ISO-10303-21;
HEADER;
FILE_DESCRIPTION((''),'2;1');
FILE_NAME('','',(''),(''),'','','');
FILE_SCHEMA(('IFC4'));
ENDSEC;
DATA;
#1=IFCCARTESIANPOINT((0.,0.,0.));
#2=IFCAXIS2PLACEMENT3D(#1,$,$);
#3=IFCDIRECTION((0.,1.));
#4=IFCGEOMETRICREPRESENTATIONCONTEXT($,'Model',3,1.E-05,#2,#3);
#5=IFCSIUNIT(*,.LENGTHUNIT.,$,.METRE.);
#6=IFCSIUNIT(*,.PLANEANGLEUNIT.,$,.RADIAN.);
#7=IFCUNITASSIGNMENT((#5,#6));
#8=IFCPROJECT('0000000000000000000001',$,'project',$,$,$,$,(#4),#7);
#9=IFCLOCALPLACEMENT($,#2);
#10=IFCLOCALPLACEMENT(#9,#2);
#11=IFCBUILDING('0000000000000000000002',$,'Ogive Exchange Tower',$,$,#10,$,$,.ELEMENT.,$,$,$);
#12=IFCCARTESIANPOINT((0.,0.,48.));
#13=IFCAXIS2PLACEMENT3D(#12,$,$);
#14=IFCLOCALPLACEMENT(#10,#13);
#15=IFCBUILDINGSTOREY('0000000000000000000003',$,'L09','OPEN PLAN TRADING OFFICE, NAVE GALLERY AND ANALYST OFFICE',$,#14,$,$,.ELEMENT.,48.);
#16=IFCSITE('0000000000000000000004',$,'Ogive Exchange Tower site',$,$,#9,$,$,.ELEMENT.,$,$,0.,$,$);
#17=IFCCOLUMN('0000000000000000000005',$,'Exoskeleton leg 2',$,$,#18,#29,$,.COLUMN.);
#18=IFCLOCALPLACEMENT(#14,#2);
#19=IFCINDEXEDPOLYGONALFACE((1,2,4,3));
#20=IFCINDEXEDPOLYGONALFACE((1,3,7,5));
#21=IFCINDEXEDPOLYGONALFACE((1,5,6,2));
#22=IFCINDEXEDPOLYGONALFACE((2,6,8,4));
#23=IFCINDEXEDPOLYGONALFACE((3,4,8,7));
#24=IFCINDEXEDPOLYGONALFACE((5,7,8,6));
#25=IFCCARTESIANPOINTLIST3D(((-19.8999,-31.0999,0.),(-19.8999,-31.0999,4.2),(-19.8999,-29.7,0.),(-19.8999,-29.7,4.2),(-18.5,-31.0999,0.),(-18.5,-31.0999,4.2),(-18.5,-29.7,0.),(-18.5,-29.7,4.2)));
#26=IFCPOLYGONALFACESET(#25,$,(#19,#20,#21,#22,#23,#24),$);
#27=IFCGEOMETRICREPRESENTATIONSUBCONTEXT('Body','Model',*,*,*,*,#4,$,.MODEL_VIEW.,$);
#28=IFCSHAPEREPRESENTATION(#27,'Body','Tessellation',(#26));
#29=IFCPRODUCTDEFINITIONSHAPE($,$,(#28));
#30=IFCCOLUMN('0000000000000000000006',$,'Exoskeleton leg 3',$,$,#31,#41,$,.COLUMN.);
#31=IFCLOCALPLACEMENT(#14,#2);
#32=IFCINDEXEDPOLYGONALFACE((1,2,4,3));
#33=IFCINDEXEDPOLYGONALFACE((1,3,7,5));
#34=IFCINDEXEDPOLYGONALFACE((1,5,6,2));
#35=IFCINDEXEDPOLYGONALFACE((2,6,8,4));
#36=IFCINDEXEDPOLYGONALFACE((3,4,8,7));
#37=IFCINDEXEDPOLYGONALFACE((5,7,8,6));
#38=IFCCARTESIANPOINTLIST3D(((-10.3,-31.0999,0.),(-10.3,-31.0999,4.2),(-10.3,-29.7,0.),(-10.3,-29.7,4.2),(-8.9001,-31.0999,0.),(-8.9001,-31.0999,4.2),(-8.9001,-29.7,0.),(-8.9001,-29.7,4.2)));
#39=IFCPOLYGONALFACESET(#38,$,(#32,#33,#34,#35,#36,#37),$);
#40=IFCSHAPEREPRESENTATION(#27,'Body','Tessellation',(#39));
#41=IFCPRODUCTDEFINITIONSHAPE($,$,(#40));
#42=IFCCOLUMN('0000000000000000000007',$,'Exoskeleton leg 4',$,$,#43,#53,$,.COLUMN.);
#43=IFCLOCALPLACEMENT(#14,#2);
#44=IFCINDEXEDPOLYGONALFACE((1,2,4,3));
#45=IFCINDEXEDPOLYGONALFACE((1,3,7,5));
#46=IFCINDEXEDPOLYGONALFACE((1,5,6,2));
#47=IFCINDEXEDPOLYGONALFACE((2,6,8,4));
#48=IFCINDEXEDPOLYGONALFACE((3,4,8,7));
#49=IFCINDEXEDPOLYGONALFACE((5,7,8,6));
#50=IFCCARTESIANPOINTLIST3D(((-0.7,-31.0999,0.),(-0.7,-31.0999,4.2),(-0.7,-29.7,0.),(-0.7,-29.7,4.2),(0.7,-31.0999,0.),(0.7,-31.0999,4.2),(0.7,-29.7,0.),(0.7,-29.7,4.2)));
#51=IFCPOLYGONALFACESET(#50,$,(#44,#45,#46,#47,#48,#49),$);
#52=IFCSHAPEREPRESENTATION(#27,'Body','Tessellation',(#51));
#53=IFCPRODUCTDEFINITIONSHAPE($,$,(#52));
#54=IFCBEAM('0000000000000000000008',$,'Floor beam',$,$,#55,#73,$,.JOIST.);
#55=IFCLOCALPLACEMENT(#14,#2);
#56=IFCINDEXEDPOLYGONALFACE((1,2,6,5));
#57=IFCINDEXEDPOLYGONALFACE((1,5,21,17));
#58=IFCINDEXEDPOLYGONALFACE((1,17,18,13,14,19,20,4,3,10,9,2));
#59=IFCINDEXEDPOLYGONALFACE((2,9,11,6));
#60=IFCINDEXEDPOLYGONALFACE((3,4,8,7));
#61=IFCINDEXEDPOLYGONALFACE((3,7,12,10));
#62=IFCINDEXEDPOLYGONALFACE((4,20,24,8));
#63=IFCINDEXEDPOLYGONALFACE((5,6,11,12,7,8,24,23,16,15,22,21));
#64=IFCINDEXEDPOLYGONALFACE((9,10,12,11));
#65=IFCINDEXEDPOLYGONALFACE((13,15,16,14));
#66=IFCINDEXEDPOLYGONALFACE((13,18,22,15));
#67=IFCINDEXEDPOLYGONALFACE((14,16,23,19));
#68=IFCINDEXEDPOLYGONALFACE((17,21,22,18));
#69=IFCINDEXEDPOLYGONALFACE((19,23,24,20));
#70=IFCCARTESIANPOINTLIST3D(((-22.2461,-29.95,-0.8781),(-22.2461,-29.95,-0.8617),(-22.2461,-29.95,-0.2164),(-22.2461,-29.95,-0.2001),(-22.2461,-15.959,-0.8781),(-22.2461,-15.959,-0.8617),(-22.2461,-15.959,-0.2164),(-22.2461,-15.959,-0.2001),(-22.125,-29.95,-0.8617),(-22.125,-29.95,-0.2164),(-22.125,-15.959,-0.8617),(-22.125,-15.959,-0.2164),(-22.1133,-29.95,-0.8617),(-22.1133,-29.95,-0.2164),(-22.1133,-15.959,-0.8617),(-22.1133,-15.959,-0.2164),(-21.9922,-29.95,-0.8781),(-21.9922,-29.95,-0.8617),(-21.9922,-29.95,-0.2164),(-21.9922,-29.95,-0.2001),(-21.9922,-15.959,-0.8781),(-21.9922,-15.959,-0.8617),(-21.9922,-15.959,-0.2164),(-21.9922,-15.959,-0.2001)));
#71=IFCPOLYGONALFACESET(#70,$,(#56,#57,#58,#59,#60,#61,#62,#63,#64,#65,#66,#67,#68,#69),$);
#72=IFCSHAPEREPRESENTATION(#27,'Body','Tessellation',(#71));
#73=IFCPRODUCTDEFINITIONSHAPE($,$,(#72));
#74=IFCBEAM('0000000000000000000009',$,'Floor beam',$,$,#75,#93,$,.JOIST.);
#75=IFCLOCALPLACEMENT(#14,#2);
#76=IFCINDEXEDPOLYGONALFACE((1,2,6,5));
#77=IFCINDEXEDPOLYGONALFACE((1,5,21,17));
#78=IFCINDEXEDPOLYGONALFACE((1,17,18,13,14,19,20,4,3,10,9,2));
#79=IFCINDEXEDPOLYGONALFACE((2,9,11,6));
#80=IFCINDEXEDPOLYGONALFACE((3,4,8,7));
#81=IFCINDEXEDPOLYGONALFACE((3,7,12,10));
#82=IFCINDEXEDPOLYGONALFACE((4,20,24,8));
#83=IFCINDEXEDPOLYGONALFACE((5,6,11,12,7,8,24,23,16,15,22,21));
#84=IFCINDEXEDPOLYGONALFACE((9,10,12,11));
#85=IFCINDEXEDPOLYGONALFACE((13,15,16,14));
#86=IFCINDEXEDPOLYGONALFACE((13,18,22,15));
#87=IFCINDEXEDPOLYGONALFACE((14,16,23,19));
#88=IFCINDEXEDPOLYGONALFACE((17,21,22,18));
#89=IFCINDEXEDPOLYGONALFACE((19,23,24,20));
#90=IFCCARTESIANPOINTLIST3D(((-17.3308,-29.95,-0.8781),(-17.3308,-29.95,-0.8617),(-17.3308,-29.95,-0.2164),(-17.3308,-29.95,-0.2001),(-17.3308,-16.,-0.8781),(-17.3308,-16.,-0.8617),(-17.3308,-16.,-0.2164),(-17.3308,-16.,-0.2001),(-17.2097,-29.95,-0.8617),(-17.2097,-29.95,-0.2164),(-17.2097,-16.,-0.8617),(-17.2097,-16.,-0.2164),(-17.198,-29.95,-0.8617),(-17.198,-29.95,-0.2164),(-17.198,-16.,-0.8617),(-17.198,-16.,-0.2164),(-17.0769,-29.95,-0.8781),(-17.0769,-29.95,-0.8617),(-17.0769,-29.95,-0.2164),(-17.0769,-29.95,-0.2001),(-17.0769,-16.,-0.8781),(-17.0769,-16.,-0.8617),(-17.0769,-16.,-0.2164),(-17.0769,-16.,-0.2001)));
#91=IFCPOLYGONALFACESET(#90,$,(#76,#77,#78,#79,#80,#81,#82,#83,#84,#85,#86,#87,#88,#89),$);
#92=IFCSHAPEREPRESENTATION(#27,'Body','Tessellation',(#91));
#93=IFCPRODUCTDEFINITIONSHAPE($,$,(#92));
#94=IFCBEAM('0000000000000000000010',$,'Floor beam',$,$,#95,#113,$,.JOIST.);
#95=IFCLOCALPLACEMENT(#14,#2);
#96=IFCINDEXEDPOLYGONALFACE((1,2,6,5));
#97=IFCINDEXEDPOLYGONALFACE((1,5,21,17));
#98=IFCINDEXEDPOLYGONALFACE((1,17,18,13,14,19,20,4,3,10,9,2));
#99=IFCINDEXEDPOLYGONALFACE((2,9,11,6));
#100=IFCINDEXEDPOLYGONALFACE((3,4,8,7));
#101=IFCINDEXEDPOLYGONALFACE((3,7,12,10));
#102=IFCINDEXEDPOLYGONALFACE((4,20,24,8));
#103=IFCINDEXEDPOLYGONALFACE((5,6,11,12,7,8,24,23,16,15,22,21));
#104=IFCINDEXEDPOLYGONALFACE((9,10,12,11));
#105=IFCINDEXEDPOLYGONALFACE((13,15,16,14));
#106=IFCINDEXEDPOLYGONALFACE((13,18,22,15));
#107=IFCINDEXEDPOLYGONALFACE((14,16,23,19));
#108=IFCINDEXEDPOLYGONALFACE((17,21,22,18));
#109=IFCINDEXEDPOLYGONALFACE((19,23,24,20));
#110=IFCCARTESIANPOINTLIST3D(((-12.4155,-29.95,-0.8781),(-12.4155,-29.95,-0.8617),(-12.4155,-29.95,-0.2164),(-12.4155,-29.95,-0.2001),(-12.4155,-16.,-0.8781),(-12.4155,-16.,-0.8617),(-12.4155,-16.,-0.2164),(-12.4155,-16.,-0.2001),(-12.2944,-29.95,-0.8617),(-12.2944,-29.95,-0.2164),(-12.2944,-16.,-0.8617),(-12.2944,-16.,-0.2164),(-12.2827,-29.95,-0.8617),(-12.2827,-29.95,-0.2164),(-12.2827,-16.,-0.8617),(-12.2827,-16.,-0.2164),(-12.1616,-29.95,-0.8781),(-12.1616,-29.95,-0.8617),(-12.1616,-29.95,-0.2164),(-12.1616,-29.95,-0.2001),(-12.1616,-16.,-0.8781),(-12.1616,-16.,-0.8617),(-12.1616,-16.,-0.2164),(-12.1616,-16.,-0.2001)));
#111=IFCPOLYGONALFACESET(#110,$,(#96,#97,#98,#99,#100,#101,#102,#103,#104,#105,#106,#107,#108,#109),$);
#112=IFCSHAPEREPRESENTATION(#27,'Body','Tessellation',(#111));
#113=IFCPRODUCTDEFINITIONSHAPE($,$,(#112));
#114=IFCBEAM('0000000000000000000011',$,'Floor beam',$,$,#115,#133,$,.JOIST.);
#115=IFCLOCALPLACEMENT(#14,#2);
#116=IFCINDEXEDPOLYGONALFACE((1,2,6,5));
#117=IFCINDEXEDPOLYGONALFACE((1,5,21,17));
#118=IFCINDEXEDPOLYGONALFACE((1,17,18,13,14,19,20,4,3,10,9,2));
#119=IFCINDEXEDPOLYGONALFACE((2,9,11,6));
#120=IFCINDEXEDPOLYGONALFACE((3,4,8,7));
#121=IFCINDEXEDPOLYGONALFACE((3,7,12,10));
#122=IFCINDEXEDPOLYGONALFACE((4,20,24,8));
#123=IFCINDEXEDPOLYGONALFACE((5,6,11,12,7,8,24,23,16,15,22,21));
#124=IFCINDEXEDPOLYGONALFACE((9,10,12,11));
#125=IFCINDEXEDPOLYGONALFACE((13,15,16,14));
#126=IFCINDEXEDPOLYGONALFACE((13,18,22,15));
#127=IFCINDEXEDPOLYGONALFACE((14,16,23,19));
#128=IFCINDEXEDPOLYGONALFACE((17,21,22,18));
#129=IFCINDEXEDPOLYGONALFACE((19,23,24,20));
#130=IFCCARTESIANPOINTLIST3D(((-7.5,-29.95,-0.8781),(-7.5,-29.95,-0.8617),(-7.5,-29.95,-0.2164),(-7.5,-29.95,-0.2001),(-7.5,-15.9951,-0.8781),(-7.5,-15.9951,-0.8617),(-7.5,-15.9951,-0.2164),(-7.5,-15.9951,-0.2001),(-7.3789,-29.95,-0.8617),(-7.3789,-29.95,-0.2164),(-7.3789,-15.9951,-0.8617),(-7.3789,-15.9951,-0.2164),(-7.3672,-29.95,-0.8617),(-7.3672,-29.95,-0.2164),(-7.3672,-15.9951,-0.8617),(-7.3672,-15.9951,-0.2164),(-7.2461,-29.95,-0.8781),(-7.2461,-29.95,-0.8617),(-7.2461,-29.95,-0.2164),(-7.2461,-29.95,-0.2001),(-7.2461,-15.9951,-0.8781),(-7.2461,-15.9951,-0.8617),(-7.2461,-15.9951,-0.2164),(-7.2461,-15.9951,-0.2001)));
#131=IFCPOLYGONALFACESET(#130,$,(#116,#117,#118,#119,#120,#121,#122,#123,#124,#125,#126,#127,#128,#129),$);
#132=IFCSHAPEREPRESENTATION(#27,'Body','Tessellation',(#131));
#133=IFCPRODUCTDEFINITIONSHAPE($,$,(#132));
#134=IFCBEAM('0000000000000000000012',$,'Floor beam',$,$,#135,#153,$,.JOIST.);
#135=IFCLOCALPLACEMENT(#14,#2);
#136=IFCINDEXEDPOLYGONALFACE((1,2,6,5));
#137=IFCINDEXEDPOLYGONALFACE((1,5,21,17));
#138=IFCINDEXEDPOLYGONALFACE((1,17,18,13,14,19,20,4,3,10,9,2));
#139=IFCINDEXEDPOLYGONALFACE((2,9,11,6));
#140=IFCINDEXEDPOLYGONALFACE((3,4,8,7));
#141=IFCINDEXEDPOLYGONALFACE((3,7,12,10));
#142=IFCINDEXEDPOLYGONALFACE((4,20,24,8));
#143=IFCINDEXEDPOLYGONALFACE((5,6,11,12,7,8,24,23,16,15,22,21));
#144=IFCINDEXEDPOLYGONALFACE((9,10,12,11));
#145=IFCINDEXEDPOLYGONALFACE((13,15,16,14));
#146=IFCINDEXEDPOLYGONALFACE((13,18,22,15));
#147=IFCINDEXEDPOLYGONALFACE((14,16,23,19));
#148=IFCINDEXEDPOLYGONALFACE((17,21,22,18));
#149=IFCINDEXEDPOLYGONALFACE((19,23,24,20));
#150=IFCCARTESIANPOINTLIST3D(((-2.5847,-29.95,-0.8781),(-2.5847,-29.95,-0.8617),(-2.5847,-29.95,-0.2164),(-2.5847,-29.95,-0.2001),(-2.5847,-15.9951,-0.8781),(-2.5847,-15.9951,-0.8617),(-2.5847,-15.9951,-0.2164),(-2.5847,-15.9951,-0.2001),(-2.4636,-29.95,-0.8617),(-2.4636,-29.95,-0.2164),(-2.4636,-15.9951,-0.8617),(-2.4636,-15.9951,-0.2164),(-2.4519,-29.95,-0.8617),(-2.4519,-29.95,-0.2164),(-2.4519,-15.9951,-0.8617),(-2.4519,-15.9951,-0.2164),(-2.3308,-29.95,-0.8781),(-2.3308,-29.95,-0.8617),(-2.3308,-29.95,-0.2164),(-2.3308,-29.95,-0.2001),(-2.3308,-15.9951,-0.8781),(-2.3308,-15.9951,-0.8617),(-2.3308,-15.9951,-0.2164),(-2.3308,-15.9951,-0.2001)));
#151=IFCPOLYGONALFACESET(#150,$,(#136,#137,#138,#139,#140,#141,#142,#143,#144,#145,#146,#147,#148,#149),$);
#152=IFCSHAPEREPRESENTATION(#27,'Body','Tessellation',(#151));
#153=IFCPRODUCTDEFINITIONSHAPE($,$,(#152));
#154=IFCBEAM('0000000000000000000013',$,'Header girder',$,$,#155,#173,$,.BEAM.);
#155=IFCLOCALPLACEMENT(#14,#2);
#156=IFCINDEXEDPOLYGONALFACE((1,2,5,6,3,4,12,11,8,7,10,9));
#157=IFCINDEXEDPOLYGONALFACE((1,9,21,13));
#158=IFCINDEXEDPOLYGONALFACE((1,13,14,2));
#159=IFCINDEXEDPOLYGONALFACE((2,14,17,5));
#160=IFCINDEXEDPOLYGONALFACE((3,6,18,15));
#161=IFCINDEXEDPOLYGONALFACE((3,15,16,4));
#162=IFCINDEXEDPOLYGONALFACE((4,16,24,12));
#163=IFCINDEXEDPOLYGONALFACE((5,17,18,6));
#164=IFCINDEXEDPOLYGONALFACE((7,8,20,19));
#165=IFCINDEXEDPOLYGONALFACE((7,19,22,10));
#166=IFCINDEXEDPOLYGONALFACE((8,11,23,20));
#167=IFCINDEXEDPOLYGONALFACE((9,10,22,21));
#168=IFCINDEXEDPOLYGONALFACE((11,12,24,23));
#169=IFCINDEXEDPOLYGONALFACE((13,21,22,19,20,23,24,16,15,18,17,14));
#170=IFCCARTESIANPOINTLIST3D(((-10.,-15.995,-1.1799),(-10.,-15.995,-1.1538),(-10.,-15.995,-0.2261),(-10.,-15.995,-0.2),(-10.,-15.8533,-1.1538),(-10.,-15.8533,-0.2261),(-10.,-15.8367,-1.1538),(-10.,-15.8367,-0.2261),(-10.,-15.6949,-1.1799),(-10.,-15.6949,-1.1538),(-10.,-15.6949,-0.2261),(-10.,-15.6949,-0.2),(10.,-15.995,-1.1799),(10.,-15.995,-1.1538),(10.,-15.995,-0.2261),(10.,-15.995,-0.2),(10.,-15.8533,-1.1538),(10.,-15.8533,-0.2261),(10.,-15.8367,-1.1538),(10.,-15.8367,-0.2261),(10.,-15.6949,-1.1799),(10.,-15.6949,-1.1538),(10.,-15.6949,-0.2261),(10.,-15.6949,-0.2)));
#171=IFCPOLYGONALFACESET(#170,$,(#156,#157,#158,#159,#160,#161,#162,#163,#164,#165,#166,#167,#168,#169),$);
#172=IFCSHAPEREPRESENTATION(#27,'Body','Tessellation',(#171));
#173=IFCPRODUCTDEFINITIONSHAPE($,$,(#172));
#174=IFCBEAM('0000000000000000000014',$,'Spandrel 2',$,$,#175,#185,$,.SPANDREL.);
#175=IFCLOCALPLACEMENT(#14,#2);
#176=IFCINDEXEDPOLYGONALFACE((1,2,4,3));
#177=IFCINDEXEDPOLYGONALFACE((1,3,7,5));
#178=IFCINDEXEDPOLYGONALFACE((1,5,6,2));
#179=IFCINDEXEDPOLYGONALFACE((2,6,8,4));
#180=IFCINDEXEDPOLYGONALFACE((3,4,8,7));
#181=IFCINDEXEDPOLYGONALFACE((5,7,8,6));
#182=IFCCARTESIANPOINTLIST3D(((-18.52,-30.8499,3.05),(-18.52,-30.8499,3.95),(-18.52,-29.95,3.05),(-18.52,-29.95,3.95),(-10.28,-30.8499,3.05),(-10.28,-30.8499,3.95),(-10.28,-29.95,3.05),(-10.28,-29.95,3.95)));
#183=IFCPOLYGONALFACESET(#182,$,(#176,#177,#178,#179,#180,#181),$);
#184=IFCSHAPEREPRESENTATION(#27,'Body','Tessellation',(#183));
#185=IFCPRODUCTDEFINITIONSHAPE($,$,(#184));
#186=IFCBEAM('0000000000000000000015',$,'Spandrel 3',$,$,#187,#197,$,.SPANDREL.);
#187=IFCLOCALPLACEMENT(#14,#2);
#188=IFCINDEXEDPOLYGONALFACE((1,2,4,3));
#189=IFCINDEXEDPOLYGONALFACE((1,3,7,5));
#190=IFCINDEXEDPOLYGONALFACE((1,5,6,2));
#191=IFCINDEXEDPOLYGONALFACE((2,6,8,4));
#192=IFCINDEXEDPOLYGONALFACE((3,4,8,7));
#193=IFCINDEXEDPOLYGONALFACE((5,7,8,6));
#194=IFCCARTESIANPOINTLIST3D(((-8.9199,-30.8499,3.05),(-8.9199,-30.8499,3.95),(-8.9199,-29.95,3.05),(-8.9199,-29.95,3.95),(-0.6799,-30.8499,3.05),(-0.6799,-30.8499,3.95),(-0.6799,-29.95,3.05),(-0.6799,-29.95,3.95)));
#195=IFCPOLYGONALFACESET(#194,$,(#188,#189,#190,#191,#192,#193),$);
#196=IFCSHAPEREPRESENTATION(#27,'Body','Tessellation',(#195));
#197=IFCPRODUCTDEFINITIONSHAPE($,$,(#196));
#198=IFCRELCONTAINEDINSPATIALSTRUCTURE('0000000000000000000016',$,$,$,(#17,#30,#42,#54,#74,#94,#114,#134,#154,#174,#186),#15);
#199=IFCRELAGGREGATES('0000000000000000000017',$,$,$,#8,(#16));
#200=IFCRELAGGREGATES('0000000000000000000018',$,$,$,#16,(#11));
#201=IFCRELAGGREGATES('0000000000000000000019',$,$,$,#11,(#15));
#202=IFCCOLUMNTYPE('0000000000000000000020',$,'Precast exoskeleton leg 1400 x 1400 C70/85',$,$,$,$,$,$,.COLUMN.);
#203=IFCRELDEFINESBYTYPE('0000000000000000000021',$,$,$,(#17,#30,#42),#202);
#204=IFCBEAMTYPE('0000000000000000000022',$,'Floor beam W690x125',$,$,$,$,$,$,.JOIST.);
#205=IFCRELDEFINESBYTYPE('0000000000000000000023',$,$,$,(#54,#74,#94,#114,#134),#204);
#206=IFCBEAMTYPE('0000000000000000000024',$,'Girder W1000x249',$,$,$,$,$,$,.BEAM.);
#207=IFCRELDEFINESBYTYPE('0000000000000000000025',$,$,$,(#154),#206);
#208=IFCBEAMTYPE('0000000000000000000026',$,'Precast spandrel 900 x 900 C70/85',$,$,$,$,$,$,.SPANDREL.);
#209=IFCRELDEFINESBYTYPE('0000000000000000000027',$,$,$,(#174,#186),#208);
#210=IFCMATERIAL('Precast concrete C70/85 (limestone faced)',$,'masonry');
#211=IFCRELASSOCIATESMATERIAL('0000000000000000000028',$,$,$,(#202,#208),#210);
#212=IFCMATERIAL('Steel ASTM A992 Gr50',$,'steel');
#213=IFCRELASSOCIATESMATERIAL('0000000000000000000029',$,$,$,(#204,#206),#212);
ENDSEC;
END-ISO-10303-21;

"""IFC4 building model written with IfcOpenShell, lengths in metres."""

from ifc_helpers import new_model, si_unit, direction, frame, origin, origin_2d, place, context, subcontext, project, spatial, rectangle, i_section, extrude, material, material_profile, profile_set, type_object, element, save


model = new_model("IFC4")

# Units and contexts
model_context = context("Model", 3, precision=1e-05, world=origin(), true_north=direction((0.0, 1.0)))
body_context = subcontext(model_context, "Body", "Model", "MODEL_VIEW")
ifc_project = project(units=[si_unit("LENGTHUNIT", "METRE"), si_unit("PLANEANGLEUNIT", "RADIAN")], contexts=[model_context])

# Site, building, storey
site_placement = place(None, origin())
site = spatial("IfcSite", under=ifc_project, at=site_placement, Name="Ogive Exchange Tower site", CompositionType="ELEMENT", RefElevation=0.0)
building_placement = place(site_placement, origin())
building = spatial("IfcBuilding", under=site, at=building_placement, Name="Ogive Exchange Tower", CompositionType="ELEMENT")
storey_placement = place(building_placement, frame((0.0, 0.0, 48.0)))
storey = spatial("IfcBuildingStorey", under=building, at=storey_placement, Name="L09", Description="OPEN PLAN TRADING OFFICE, NAVE GALLERY AND ANALYST OFFICE", CompositionType="ELEMENT", Elevation=48.0)

# Columns
ifc_material_1 = material(Name="Precast concrete C70/85 (limestone faced)", Category="masonry")
ifc_material_profile_1 = material_profile(ifc_material_1, rectangle(XDim=1.3999, YDim=1.3999, at=origin_2d()), Name="1400 x 1400")
ifc_profile_set_1 = profile_set([ifc_material_profile_1], Name="Precast concrete C70/85 (limestone faced)")
column_type = type_object("IfcColumnType", Name="Precast exoskeleton leg 1400 x 1400 C70/85", PredefinedType="COLUMN", material=ifc_profile_set_1)
for number, where, z_axis, x_axis, name in (
    (1, (-19.2, -30.3999, 0.0), (0.0, 0.0, 1.0), (1.0, 0.0, 0.0), "Exoskeleton leg 2"),
    (2, (-9.6001, -30.3999, 0.0), (0.0, 0.0, 1.0), (1.0, 0.0, 0.0), "Exoskeleton leg 3"),
    (3, (0.0, -30.3999, 0.0), (0.0, 0.0, 1.0), (1.0, 0.0, 0.0), "Exoskeleton leg 4"),
):
    element("IfcColumn", number, at=place(storey_placement, frame(where, z_axis=z_axis, x_axis=x_axis)), inside=storey, type_object=column_type, Name=name, PredefinedType="COLUMN", context=body_context, shape_type="SweptSolid", body=[
        extrude(rectangle(XDim=1.3999, YDim=1.3999, at=origin_2d()), origin(), (0.0, 0.0, 1.0), 4.2),
    ])

# Beams
ifc_material_2 = material(Name="Steel ASTM A992 Gr50", Category="steel")
ifc_material_profile_2 = material_profile(ifc_material_2, i_section(OverallWidth=0.2539, OverallDepth=0.678, WebThickness=0.0117, FlangeThickness=0.0164, at=origin_2d()), Name="W690x125")
ifc_profile_set_2 = profile_set([ifc_material_profile_2], Name="Steel ASTM A992 Gr50")
beam_type_1 = type_object("IfcBeamType", Name="Floor beam W690x125", PredefinedType="JOIST", material=ifc_profile_set_2)
beam_1_placement = place(storey_placement, frame((-22.1191, -29.95, -0.5391), z_axis=(0.0, 1.0, 0.0), x_axis=(-1.0, 0.0, 0.0)))
element("IfcBeam", 4, at=beam_1_placement, inside=storey, type_object=beam_type_1, Name="Floor beam", PredefinedType="JOIST", context=body_context, shape_type="SweptSolid", body=[
    extrude(i_section(OverallWidth=0.2539, OverallDepth=0.678, WebThickness=0.0117, FlangeThickness=0.0164, at=origin_2d()), origin(), (0.0, 0.0, 1.0), 13.991),
])
for number, where, z_axis, x_axis, name in (
    (5, (-17.2039, -29.95, -0.5391), (0.0, 1.0, 0.0), (-1.0, 0.0, 0.0), "Floor beam"),
    (6, (-12.2886, -29.95, -0.5391), (0.0, 1.0, 0.0), (-1.0, 0.0, 0.0), "Floor beam"),
):
    element("IfcBeam", number, at=place(storey_placement, frame(where, z_axis=z_axis, x_axis=x_axis)), inside=storey, type_object=beam_type_1, Name=name, PredefinedType="JOIST", context=body_context, shape_type="SweptSolid", body=[
        extrude(i_section(OverallWidth=0.2539, OverallDepth=0.678, WebThickness=0.0117, FlangeThickness=0.0164, at=origin_2d()), origin(), (0.0, 0.0, 1.0), 13.95),
    ])
for number, where, z_axis, x_axis, name in (
    (7, (-7.373, -29.95, -0.5391), (0.0, 1.0, 0.0), (-1.0, 0.0, 0.0), "Floor beam"),
    (8, (-2.4578, -29.95, -0.5391), (0.0, 1.0, 0.0), (-1.0, 0.0, 0.0), "Floor beam"),
):
    element("IfcBeam", number, at=place(storey_placement, frame(where, z_axis=z_axis, x_axis=x_axis)), inside=storey, type_object=beam_type_1, Name=name, PredefinedType="JOIST", context=body_context, shape_type="SweptSolid", body=[
        extrude(i_section(OverallWidth=0.2539, OverallDepth=0.678, WebThickness=0.0117, FlangeThickness=0.0164, at=origin_2d()), origin(), (0.0, 0.0, 1.0), 13.9548),
    ])
ifc_material_profile_3 = material_profile(ifc_material_2, i_section(OverallWidth=0.3, OverallDepth=0.98, WebThickness=0.0166, FlangeThickness=0.0261, at=origin_2d()), Name="W1000x249")
ifc_profile_set_3 = profile_set([ifc_material_profile_3], Name="Steel ASTM A992 Gr50")
beam_type_2 = type_object("IfcBeamType", Name="Girder W1000x249", PredefinedType="BEAM", material=ifc_profile_set_3)
beam_2_placement = place(storey_placement, frame((-10.0, -15.845, -0.6899), z_axis=(1.0, 0.0, 0.0), x_axis=(0.0, 1.0, 0.0)))
element("IfcBeam", 9, at=beam_2_placement, inside=storey, type_object=beam_type_2, Name="Header girder", PredefinedType="BEAM", context=body_context, shape_type="SweptSolid", body=[
    extrude(i_section(OverallWidth=0.3, OverallDepth=0.98, WebThickness=0.0166, FlangeThickness=0.0261, at=origin_2d()), origin(), (0.0, 0.0, 1.0), 20.0),
])
ifc_material_profile_4 = material_profile(ifc_material_1, rectangle(XDim=0.8999, YDim=0.8999, at=origin_2d()), Name="900 x 900")
ifc_profile_set_4 = profile_set([ifc_material_profile_4], Name="Precast concrete C70/85 (limestone faced)")
beam_type_3 = type_object("IfcBeamType", Name="Precast spandrel 900 x 900 C70/85", PredefinedType="SPANDREL", material=ifc_profile_set_4)
for number, where, z_axis, x_axis, name in (
    (10, (-18.52, -30.3999, 3.5), (1.0, 0.0, 0.0), (0.0, 1.0, 0.0), "Spandrel 2"),
    (11, (-8.9199, -30.3999, 3.5), (1.0, 0.0, 0.0), (0.0, 1.0, 0.0), "Spandrel 3"),
):
    element("IfcBeam", number, at=place(storey_placement, frame(where, z_axis=z_axis, x_axis=x_axis)), inside=storey, type_object=beam_type_3, Name=name, PredefinedType="SPANDREL", context=body_context, shape_type="SweptSolid", body=[
        extrude(rectangle(XDim=0.8999, YDim=0.8999, at=origin_2d()), origin(), (0.0, 0.0, 1.0), 8.24),
    ])

save(model, "model.ifc")
